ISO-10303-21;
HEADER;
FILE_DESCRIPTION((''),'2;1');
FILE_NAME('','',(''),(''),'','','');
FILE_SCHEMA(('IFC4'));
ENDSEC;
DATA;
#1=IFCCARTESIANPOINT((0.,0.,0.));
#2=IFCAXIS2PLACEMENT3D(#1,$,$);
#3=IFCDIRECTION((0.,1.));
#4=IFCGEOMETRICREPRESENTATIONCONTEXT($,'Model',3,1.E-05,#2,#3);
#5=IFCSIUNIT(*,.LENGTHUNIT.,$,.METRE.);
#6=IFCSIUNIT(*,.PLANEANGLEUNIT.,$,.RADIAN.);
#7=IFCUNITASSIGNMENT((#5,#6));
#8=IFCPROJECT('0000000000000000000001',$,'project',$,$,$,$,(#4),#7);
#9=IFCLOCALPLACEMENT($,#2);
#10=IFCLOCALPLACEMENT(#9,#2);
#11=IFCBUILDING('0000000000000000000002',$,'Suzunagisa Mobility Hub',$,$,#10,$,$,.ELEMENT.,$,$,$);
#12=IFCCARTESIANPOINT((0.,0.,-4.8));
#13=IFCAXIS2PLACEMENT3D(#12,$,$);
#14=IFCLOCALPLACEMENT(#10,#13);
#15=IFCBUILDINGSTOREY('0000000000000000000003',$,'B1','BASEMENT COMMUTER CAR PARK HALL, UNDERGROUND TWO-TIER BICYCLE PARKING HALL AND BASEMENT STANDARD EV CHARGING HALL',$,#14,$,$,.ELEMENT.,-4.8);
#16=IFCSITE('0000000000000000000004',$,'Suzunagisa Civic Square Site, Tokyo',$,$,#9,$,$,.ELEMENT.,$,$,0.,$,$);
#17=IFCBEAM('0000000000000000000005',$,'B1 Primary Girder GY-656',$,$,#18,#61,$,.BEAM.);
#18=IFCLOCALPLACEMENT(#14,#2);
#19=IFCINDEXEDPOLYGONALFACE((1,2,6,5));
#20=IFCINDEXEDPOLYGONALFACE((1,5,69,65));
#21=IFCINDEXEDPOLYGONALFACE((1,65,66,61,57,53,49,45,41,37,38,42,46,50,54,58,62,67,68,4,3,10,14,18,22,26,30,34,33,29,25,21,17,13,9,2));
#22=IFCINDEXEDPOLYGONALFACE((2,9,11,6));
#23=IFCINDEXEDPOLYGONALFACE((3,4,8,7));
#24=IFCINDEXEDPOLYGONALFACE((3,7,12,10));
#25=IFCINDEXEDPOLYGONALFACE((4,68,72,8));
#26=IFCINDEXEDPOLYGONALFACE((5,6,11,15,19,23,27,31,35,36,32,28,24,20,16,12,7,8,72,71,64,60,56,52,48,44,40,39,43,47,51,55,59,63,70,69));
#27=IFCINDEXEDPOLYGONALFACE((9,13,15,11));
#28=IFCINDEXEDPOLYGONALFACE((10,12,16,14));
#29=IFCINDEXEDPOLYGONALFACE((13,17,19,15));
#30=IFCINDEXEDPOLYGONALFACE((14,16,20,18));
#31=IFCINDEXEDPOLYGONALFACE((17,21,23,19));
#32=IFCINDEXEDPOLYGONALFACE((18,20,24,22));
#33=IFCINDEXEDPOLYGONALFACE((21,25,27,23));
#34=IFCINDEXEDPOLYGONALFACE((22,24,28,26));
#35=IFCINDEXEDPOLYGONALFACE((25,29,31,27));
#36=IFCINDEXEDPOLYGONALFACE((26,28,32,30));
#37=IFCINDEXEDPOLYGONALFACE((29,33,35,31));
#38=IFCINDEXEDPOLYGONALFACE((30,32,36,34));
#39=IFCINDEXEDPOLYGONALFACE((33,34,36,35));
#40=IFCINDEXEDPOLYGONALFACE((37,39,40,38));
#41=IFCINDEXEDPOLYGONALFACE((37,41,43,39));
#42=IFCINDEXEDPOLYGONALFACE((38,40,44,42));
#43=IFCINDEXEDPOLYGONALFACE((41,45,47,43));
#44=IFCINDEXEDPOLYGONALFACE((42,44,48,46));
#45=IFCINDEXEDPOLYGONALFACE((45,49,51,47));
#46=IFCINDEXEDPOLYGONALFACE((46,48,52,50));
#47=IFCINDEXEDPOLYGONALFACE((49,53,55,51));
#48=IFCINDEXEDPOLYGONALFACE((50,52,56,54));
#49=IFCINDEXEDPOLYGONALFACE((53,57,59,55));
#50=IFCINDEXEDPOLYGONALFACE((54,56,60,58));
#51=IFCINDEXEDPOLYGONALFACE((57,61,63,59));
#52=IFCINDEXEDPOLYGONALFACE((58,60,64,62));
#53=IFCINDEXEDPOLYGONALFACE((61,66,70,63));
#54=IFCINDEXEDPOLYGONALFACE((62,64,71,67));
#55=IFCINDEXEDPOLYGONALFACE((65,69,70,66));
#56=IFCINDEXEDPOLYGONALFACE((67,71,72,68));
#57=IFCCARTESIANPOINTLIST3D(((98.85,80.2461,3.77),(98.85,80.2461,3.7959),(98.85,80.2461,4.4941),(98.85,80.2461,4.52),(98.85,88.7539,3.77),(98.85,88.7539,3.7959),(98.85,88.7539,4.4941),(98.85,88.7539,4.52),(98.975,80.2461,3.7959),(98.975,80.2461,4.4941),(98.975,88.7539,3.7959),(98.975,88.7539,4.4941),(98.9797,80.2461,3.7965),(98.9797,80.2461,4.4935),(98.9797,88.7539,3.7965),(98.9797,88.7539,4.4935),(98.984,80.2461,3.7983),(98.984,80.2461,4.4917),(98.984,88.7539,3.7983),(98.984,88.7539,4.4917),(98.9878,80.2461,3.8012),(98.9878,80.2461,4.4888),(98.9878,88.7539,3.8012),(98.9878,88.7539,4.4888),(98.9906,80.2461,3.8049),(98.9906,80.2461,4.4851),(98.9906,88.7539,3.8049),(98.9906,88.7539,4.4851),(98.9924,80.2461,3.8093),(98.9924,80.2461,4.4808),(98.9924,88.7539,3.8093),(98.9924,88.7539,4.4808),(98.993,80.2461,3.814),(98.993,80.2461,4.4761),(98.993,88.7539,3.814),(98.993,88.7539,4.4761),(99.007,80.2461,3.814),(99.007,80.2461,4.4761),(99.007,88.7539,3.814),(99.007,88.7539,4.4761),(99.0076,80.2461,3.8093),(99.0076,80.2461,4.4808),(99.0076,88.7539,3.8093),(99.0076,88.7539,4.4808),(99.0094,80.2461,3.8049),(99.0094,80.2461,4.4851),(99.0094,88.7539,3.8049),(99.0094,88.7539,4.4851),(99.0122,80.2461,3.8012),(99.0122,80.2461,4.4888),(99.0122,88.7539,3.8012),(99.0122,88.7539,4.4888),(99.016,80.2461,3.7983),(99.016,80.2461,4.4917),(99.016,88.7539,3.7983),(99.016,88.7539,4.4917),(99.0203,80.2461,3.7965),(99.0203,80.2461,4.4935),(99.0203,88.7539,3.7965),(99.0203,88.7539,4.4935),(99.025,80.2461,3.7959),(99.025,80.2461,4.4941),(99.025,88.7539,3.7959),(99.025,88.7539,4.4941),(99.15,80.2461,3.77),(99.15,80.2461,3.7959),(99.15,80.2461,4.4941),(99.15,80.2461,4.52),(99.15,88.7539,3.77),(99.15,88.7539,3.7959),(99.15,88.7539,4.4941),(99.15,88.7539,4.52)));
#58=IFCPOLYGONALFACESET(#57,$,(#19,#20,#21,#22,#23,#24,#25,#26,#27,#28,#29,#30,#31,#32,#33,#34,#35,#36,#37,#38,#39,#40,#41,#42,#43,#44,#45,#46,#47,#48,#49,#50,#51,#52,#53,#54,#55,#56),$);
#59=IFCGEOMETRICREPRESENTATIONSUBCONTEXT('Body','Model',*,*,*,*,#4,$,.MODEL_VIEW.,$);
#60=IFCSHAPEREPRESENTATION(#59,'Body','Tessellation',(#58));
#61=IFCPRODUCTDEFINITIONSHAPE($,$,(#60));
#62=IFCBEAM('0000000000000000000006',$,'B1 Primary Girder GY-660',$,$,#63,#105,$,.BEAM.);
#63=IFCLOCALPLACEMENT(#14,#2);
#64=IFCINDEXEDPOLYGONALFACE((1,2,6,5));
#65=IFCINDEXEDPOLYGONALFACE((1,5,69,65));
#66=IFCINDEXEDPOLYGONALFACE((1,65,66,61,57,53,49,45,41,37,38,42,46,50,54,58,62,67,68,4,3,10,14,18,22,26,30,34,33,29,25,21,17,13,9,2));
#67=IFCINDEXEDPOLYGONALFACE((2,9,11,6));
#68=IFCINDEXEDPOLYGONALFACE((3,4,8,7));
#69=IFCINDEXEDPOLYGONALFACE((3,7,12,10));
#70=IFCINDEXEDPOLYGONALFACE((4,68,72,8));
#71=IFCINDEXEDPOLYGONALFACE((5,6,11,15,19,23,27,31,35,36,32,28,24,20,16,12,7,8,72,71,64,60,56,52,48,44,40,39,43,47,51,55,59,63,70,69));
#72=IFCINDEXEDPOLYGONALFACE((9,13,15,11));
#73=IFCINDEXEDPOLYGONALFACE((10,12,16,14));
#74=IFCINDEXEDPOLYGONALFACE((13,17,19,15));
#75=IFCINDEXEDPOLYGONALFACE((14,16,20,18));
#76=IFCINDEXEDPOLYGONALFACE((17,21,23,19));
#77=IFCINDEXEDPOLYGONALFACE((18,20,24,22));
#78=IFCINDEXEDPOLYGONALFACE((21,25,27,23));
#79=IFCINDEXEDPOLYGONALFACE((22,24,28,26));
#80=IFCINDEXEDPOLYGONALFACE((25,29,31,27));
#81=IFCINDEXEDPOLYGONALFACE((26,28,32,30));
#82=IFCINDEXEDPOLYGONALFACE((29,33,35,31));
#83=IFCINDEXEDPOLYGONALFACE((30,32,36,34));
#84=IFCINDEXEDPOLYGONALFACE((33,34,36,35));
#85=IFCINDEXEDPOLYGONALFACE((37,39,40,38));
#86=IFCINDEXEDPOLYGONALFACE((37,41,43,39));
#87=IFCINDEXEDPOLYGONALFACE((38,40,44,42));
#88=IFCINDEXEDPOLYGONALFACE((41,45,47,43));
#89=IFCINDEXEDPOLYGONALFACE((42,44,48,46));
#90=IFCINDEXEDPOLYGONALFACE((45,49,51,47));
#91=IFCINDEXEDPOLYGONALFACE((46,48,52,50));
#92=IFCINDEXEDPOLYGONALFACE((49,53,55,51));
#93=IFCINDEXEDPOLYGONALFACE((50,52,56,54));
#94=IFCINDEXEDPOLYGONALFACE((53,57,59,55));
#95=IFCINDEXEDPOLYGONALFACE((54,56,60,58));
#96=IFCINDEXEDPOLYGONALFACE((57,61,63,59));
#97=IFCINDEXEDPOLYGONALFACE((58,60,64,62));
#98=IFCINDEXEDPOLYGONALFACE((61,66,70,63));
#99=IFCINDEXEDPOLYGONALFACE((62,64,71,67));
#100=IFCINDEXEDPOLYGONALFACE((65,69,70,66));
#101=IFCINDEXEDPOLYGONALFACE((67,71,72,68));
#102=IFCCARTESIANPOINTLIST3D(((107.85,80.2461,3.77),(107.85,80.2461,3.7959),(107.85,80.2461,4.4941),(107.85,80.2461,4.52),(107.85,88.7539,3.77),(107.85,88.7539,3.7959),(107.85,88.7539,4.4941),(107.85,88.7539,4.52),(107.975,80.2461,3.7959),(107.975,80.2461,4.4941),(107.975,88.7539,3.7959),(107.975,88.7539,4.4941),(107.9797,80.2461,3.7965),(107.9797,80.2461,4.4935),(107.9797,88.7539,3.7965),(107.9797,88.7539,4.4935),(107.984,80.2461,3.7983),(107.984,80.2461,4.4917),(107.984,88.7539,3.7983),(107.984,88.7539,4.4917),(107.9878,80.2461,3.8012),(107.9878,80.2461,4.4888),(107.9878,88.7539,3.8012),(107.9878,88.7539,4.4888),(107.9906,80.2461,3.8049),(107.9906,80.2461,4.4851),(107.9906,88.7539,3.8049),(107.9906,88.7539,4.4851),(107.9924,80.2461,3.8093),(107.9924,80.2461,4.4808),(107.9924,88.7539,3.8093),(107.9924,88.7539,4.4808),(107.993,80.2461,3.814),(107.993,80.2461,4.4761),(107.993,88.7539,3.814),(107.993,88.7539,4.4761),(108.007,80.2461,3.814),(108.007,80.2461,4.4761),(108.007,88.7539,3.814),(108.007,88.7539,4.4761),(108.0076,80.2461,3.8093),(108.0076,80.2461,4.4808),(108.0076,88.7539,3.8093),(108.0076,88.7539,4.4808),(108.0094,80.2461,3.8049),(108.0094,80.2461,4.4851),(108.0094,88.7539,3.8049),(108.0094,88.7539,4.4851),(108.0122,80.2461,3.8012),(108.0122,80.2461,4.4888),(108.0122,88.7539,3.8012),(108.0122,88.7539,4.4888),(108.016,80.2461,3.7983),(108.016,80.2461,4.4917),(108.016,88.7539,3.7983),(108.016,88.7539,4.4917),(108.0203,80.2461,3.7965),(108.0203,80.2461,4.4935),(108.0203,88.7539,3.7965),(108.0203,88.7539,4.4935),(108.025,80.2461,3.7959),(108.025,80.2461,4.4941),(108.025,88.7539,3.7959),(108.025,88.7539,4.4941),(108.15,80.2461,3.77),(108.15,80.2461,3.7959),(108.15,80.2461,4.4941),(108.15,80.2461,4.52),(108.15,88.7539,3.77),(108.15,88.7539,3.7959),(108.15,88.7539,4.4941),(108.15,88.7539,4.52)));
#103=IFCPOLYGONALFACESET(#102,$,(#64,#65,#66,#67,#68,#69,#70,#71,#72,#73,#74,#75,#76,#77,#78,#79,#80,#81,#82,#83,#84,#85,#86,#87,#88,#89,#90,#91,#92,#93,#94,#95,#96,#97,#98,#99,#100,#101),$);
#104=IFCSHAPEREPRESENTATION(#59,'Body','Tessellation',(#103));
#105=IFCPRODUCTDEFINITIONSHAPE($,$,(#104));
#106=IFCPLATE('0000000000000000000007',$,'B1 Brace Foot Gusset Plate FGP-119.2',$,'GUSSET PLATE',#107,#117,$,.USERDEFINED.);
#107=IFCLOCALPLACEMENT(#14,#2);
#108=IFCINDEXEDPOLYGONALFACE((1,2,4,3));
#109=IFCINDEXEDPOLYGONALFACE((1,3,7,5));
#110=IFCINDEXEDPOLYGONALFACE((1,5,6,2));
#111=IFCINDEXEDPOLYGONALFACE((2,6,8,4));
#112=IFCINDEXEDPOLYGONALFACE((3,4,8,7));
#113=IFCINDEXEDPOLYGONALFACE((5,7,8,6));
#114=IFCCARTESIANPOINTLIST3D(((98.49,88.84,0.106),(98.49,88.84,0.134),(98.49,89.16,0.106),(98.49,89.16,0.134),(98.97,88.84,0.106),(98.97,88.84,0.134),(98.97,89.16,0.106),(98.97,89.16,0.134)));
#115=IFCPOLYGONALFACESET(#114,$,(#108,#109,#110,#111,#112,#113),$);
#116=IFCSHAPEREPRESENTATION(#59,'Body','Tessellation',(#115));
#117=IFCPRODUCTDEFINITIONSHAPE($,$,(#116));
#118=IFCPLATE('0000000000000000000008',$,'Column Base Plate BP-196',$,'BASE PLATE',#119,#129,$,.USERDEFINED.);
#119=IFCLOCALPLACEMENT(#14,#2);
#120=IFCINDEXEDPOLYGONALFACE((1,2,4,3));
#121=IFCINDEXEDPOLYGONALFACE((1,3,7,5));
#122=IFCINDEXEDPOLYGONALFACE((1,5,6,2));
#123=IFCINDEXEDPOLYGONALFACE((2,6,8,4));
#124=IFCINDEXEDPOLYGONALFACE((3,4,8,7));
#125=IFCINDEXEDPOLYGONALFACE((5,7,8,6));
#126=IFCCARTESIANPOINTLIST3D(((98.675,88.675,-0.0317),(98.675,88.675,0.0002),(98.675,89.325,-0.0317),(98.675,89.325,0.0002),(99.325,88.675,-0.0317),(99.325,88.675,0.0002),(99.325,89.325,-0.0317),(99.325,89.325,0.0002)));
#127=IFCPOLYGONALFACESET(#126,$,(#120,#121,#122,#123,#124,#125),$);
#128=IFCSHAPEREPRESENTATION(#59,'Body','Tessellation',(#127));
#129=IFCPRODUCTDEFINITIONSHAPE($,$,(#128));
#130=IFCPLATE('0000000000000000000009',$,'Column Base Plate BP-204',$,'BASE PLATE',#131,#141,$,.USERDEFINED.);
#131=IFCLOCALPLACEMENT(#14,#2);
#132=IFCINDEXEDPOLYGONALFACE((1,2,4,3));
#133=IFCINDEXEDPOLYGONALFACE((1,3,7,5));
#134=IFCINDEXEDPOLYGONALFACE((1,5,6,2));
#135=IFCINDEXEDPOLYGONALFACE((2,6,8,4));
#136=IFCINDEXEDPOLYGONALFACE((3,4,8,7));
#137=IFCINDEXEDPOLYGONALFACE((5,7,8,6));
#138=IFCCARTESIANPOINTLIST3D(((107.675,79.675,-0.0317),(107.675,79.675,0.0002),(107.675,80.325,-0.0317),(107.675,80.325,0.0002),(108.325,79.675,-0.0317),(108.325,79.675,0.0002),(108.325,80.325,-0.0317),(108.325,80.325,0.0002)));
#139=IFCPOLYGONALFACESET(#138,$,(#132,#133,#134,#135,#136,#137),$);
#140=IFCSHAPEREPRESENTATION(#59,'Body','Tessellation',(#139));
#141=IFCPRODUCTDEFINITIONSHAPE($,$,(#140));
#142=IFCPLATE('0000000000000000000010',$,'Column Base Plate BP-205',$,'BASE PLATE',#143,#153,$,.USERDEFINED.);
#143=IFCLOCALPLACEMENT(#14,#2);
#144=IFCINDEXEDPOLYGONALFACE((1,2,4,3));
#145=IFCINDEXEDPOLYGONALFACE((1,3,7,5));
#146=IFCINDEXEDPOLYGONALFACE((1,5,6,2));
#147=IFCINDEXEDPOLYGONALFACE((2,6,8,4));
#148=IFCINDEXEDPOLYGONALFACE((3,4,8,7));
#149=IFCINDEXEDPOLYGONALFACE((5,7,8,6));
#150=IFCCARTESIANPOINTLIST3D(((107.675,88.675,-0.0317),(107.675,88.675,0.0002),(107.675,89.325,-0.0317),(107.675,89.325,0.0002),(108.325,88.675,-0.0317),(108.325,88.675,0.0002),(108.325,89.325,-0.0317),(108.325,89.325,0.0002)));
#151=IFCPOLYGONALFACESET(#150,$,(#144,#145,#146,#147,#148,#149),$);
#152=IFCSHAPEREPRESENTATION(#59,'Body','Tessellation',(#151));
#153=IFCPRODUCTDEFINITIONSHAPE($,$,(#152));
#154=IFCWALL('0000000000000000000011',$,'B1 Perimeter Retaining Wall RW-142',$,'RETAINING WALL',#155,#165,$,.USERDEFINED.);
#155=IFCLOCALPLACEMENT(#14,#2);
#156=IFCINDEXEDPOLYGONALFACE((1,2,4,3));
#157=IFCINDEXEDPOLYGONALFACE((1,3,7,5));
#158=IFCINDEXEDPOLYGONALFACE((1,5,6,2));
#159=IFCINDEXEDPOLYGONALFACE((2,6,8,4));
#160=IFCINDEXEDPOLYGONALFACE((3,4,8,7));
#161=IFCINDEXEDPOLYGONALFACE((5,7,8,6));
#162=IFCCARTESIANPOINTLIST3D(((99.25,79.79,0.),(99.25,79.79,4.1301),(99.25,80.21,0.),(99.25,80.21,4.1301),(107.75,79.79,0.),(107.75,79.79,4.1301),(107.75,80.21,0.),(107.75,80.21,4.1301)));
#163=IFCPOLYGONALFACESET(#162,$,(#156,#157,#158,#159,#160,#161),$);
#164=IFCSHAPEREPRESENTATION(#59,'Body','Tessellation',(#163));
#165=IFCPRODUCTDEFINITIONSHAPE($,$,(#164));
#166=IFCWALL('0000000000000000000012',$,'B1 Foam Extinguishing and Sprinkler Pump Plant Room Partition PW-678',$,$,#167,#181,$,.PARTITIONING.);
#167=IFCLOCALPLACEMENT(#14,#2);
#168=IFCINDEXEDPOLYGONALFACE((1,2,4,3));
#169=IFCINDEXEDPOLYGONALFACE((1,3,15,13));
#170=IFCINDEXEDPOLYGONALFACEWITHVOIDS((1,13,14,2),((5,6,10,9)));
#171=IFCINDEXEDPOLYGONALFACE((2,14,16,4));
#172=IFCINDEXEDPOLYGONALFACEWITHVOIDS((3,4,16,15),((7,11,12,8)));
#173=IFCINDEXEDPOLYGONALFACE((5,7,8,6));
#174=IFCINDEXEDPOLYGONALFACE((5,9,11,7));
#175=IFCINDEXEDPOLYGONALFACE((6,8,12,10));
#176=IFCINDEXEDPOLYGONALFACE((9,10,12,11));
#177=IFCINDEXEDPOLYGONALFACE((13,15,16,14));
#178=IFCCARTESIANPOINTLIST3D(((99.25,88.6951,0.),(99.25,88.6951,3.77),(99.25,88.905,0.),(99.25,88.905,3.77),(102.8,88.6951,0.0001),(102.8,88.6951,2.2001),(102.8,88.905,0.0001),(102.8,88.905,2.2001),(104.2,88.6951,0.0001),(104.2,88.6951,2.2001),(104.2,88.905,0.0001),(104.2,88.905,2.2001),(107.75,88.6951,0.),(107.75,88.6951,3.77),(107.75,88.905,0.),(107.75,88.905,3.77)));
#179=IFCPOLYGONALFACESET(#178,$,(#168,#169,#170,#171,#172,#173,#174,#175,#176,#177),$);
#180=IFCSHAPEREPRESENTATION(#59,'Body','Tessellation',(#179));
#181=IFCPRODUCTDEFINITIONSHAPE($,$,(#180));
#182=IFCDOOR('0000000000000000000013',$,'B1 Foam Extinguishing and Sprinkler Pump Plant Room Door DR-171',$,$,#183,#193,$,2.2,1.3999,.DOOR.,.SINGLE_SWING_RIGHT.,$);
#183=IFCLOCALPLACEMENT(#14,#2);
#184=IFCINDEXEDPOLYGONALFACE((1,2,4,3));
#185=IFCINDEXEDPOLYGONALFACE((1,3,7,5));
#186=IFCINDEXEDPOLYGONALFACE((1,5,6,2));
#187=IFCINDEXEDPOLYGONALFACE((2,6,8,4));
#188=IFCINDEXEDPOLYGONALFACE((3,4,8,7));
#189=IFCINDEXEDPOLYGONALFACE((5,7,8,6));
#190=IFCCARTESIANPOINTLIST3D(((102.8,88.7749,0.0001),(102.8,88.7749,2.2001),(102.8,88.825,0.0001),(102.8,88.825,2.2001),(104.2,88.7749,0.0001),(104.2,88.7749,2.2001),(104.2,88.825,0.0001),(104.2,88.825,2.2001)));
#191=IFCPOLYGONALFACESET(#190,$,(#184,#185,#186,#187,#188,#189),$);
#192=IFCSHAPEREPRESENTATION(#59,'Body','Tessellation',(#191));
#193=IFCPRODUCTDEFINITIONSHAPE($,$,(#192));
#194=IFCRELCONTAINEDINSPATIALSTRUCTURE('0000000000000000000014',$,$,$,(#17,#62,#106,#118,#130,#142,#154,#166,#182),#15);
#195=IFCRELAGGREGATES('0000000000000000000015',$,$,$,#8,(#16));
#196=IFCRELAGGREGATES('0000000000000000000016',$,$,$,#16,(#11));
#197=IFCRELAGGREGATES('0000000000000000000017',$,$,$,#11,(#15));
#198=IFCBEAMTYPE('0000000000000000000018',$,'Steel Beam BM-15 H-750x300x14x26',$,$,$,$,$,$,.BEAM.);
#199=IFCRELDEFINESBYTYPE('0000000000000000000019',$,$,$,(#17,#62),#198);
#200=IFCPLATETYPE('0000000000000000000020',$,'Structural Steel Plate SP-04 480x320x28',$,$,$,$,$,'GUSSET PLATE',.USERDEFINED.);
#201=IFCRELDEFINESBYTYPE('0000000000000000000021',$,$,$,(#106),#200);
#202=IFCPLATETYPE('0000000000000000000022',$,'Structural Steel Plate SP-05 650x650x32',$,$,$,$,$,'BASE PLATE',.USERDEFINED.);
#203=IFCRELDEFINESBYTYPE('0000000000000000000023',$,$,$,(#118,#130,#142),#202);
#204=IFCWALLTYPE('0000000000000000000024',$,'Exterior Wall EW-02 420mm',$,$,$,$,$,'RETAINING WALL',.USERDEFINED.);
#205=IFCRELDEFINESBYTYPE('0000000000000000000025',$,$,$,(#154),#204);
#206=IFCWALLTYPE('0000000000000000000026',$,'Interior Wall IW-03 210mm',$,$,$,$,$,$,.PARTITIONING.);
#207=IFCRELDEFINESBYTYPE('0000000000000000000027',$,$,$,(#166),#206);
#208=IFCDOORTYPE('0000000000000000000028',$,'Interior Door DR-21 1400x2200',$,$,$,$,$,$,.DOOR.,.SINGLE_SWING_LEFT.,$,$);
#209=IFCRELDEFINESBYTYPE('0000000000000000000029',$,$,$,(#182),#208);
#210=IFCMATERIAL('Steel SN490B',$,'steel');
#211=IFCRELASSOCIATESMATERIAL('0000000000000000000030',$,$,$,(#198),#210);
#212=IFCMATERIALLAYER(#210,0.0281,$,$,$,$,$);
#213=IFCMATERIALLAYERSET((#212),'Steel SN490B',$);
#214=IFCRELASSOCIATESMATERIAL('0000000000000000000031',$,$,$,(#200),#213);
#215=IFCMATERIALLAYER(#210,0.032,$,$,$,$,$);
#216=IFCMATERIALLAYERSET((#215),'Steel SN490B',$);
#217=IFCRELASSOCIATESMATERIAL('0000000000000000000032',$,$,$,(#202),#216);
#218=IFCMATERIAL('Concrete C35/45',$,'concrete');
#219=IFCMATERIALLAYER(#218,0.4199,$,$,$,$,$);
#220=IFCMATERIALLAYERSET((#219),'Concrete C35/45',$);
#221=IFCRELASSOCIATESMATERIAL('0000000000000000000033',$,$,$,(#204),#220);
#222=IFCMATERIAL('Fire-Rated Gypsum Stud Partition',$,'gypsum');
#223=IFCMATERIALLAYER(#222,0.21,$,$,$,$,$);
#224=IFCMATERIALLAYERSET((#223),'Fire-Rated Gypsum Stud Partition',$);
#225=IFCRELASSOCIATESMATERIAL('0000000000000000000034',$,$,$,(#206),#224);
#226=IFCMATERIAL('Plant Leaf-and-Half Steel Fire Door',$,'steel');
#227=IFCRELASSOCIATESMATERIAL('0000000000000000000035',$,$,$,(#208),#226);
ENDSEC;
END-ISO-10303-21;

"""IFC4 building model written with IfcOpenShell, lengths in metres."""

from ifc_helpers import new_model, si_unit, direction, frame, frame_2d, origin, origin_2d, place, context, subcontext, project, spatial, rectangle, i_section, extrude, material, layer, layer_set, material_profile, profile_set, type_object, element, fill, save


model = new_model("IFC4")

# Units and contexts
model_context = context("Model", 3, precision=1e-05, world=origin(), true_north=direction((0.0, 1.0)))
body_context = subcontext(model_context, "Body", "Model", "MODEL_VIEW")
ifc_project = project(units=[si_unit("LENGTHUNIT", "METRE"), si_unit("PLANEANGLEUNIT", "RADIAN")], contexts=[model_context])

# Site, building, storey
site_placement = place(None, origin())
site = spatial("IfcSite", under=ifc_project, at=site_placement, Name="Suzunagisa Civic Square Site, Tokyo", CompositionType="ELEMENT", RefElevation=0.0)
building_placement = place(site_placement, origin())
building = spatial("IfcBuilding", under=site, at=building_placement, Name="Suzunagisa Mobility Hub", CompositionType="ELEMENT")
storey_placement = place(building_placement, frame((0.0, 0.0, -4.8)))
storey = spatial("IfcBuildingStorey", under=building, at=storey_placement, Name="B1", Description="BASEMENT COMMUTER CAR PARK HALL, UNDERGROUND TWO-TIER BICYCLE PARKING HALL AND BASEMENT STANDARD EV CHARGING HALL", CompositionType="ELEMENT", Elevation=-4.8)

# Shared definitions
ifc_material_1 = material(Name="Concrete C35/45", Category="concrete")

# Shared definitions
ifc_material_2 = material(Name="Steel SN490B", Category="steel")

# Beams
ifc_material_profile_1 = material_profile(ifc_material_2, i_section(OverallWidth=0.3, OverallDepth=0.75, WebThickness=0.0139, FlangeThickness=0.0259, FilletRadius=0.0181, at=origin_2d()), Name="H-750x300x14x26")
ifc_profile_set_1 = profile_set([ifc_material_profile_1], Name="Steel SN490B")
beam_type_1 = type_object("IfcBeamType", Name="Steel Beam BM-15 H-750x300x14x26", PredefinedType="BEAM", material=ifc_profile_set_1)
for number, where, z_axis, x_axis, name in (
    (1, (99.0, 80.2461, 4.145), (0.0, 1.0, 0.0), (-1.0, 0.0, 0.0), "B1 Primary Girder GY-656"),
    (2, (108.0, 80.2461, 4.145), (0.0, 1.0, 0.0), (-1.0, 0.0, 0.0), "B1 Primary Girder GY-660"),
):
    element("IfcBeam", number, at=place(storey_placement, frame(where, z_axis=z_axis, x_axis=x_axis)), inside=storey, type_object=beam_type_1, Name=name, PredefinedType="BEAM", context=body_context, shape_type="SweptSolid", body=[
        extrude(i_section(OverallWidth=0.3, OverallDepth=0.75, WebThickness=0.0139, FlangeThickness=0.0259, FilletRadius=0.0181, at=origin_2d()), origin(), (0.0, 0.0, 1.0), 8.5078),
    ])

# Plates
ifc_layer_1 = layer(ifc_material_2, 0.0281)
ifc_layer_set_1 = layer_set([ifc_layer_1], Name="Steel SN490B")
plate_type_1 = type_object("IfcPlateType", Name="Structural Steel Plate SP-04 480x320x28", ElementType="GUSSET PLATE", PredefinedType="USERDEFINED", material=ifc_layer_set_1)
plate_placement = place(storey_placement, frame((98.73, 89.0, 0.106), z_axis=(0.0, 0.0, 1.0), x_axis=(1.0, 0.0, 0.0)))
element("IfcPlate", 3, at=plate_placement, inside=storey, type_object=plate_type_1, Name="B1 Brace Foot Gusset Plate FGP-119.2", ObjectType="GUSSET PLATE", PredefinedType="USERDEFINED", context=body_context, shape_type="SweptSolid", body=[
    extrude(rectangle(XDim=0.48, YDim=0.3201, at=origin_2d()), origin(), (0.0, 0.0, 1.0), 0.0281),
])
ifc_layer_2 = layer(ifc_material_2, 0.032)
ifc_layer_set_2 = layer_set([ifc_layer_2], Name="Steel SN490B")
plate_type_2 = type_object("IfcPlateType", Name="Structural Steel Plate SP-05 650x650x32", ElementType="BASE PLATE", PredefinedType="USERDEFINED", material=ifc_layer_set_2)
for number, where, z_axis, x_axis, name in (
    (4, (99.0, 89.0, -0.0317), (0.0, 0.0, 1.0), (1.0, 0.0, 0.0), "Column Base Plate BP-196"),
    (5, (108.0, 80.0, -0.0317), (0.0, 0.0, 1.0), (1.0, 0.0, 0.0), "Column Base Plate BP-204"),
    (6, (108.0, 89.0, -0.0317), (0.0, 0.0, 1.0), (1.0, 0.0, 0.0), "Column Base Plate BP-205"),
):
    element("IfcPlate", number, at=place(storey_placement, frame(where, z_axis=z_axis, x_axis=x_axis)), inside=storey, type_object=plate_type_2, Name=name, ObjectType="BASE PLATE", PredefinedType="USERDEFINED", context=body_context, shape_type="SweptSolid", body=[
        extrude(rectangle(XDim=0.6499, YDim=0.6499, at=origin_2d()), origin(), (0.0, 0.0, 1.0), 0.032),
    ])

# Wall
ifc_layer_3 = layer(ifc_material_1, 0.4199)
ifc_layer_set_3 = layer_set([ifc_layer_3], Name="Concrete C35/45")
wall_type_1 = type_object("IfcWallType", Name="Exterior Wall EW-02 420mm", ElementType="RETAINING WALL", PredefinedType="USERDEFINED", material=ifc_layer_set_3)
wall_1_placement = place(storey_placement, frame((99.25, 80.0, 0.0), z_axis=(0.0, 0.0, 1.0), x_axis=(1.0, 0.0, 0.0)))
element("IfcWall", 7, at=wall_1_placement, inside=storey, type_object=wall_type_1, Name="B1 Perimeter Retaining Wall RW-142", ObjectType="RETAINING WALL", PredefinedType="USERDEFINED", context=body_context, shape_type="SweptSolid", body=[
    extrude(rectangle(XDim=8.5, YDim=0.4199, at=frame_2d((4.25, 0.0))), origin(), (0.0, 0.0, 1.0), 4.1301),
])

# Wall, opening, door
ifc_material_3 = material(Name="Fire-Rated Gypsum Stud Partition", Category="gypsum")
ifc_layer_4 = layer(ifc_material_3, 0.21)
ifc_layer_set_4 = layer_set([ifc_layer_4], Name="Fire-Rated Gypsum Stud Partition")
wall_type_2 = type_object("IfcWallType", Name="Interior Wall IW-03 210mm", PredefinedType="PARTITIONING", material=ifc_layer_set_4)
wall_2_placement = place(storey_placement, frame((99.25, 88.8, 0.0), z_axis=(0.0, 0.0, 1.0), x_axis=(1.0, 0.0, 0.0)))
wall_2 = element("IfcWall", 8, at=wall_2_placement, inside=storey, type_object=wall_type_2, Name="B1 Foam Extinguishing and Sprinkler Pump Plant Room Partition PW-678", PredefinedType="PARTITIONING", context=body_context, shape_type="SweptSolid", body=[
    extrude(rectangle(XDim=8.5, YDim=0.21, at=frame_2d((4.25, 0.0))), origin(), (0.0, 0.0, 1.0), 3.77),
])
opening_1_placement = place(wall_2_placement, frame((3.55, 0.0, 0.0)))
opening_1 = element("IfcOpeningElement", 9, at=opening_1_placement, cuts=wall_2, PredefinedType="OPENING", context=body_context, shape_type="SweptSolid", body=[
    extrude(rectangle(XDim=1.3999, YDim=2.2, at=frame_2d((0.7, 1.1001))), frame((0.0, 0.116, 0.0), z_axis=(0.0, -1.0, 0.0), x_axis=(1.0, 0.0, 0.0)), (0.0, 0.0, 1.0), 0.2319),
])
ifc_material_4 = material(Name="Plant Leaf-and-Half Steel Fire Door", Category="steel")
door_type_1 = type_object("IfcDoorType", Name="Interior Door DR-21 1400x2200", OperationType="SINGLE_SWING_LEFT", PredefinedType="DOOR", material=ifc_material_4)
door_1_placement = place(opening_1_placement, origin())
door_1 = element("IfcDoor", 10, at=door_1_placement, inside=storey, type_object=door_type_1, Name="B1 Foam Extinguishing and Sprinkler Pump Plant Room Door DR-171", OperationType="SINGLE_SWING_RIGHT", OverallHeight=2.2, OverallWidth=1.3999, PredefinedType="DOOR", context=body_context, shape_type="SweptSolid", body=[
    extrude(rectangle(XDim=1.3999, YDim=2.2, at=frame_2d((0.7, 1.1001))), frame((0.0, 0.0249, 0.0), z_axis=(0.0, -1.0, 0.0), x_axis=(1.0, 0.0, 0.0)), (0.0, 0.0, 1.0), 0.05),
])
fill(opening_1, door_1)

save(model, "model.ifc")
